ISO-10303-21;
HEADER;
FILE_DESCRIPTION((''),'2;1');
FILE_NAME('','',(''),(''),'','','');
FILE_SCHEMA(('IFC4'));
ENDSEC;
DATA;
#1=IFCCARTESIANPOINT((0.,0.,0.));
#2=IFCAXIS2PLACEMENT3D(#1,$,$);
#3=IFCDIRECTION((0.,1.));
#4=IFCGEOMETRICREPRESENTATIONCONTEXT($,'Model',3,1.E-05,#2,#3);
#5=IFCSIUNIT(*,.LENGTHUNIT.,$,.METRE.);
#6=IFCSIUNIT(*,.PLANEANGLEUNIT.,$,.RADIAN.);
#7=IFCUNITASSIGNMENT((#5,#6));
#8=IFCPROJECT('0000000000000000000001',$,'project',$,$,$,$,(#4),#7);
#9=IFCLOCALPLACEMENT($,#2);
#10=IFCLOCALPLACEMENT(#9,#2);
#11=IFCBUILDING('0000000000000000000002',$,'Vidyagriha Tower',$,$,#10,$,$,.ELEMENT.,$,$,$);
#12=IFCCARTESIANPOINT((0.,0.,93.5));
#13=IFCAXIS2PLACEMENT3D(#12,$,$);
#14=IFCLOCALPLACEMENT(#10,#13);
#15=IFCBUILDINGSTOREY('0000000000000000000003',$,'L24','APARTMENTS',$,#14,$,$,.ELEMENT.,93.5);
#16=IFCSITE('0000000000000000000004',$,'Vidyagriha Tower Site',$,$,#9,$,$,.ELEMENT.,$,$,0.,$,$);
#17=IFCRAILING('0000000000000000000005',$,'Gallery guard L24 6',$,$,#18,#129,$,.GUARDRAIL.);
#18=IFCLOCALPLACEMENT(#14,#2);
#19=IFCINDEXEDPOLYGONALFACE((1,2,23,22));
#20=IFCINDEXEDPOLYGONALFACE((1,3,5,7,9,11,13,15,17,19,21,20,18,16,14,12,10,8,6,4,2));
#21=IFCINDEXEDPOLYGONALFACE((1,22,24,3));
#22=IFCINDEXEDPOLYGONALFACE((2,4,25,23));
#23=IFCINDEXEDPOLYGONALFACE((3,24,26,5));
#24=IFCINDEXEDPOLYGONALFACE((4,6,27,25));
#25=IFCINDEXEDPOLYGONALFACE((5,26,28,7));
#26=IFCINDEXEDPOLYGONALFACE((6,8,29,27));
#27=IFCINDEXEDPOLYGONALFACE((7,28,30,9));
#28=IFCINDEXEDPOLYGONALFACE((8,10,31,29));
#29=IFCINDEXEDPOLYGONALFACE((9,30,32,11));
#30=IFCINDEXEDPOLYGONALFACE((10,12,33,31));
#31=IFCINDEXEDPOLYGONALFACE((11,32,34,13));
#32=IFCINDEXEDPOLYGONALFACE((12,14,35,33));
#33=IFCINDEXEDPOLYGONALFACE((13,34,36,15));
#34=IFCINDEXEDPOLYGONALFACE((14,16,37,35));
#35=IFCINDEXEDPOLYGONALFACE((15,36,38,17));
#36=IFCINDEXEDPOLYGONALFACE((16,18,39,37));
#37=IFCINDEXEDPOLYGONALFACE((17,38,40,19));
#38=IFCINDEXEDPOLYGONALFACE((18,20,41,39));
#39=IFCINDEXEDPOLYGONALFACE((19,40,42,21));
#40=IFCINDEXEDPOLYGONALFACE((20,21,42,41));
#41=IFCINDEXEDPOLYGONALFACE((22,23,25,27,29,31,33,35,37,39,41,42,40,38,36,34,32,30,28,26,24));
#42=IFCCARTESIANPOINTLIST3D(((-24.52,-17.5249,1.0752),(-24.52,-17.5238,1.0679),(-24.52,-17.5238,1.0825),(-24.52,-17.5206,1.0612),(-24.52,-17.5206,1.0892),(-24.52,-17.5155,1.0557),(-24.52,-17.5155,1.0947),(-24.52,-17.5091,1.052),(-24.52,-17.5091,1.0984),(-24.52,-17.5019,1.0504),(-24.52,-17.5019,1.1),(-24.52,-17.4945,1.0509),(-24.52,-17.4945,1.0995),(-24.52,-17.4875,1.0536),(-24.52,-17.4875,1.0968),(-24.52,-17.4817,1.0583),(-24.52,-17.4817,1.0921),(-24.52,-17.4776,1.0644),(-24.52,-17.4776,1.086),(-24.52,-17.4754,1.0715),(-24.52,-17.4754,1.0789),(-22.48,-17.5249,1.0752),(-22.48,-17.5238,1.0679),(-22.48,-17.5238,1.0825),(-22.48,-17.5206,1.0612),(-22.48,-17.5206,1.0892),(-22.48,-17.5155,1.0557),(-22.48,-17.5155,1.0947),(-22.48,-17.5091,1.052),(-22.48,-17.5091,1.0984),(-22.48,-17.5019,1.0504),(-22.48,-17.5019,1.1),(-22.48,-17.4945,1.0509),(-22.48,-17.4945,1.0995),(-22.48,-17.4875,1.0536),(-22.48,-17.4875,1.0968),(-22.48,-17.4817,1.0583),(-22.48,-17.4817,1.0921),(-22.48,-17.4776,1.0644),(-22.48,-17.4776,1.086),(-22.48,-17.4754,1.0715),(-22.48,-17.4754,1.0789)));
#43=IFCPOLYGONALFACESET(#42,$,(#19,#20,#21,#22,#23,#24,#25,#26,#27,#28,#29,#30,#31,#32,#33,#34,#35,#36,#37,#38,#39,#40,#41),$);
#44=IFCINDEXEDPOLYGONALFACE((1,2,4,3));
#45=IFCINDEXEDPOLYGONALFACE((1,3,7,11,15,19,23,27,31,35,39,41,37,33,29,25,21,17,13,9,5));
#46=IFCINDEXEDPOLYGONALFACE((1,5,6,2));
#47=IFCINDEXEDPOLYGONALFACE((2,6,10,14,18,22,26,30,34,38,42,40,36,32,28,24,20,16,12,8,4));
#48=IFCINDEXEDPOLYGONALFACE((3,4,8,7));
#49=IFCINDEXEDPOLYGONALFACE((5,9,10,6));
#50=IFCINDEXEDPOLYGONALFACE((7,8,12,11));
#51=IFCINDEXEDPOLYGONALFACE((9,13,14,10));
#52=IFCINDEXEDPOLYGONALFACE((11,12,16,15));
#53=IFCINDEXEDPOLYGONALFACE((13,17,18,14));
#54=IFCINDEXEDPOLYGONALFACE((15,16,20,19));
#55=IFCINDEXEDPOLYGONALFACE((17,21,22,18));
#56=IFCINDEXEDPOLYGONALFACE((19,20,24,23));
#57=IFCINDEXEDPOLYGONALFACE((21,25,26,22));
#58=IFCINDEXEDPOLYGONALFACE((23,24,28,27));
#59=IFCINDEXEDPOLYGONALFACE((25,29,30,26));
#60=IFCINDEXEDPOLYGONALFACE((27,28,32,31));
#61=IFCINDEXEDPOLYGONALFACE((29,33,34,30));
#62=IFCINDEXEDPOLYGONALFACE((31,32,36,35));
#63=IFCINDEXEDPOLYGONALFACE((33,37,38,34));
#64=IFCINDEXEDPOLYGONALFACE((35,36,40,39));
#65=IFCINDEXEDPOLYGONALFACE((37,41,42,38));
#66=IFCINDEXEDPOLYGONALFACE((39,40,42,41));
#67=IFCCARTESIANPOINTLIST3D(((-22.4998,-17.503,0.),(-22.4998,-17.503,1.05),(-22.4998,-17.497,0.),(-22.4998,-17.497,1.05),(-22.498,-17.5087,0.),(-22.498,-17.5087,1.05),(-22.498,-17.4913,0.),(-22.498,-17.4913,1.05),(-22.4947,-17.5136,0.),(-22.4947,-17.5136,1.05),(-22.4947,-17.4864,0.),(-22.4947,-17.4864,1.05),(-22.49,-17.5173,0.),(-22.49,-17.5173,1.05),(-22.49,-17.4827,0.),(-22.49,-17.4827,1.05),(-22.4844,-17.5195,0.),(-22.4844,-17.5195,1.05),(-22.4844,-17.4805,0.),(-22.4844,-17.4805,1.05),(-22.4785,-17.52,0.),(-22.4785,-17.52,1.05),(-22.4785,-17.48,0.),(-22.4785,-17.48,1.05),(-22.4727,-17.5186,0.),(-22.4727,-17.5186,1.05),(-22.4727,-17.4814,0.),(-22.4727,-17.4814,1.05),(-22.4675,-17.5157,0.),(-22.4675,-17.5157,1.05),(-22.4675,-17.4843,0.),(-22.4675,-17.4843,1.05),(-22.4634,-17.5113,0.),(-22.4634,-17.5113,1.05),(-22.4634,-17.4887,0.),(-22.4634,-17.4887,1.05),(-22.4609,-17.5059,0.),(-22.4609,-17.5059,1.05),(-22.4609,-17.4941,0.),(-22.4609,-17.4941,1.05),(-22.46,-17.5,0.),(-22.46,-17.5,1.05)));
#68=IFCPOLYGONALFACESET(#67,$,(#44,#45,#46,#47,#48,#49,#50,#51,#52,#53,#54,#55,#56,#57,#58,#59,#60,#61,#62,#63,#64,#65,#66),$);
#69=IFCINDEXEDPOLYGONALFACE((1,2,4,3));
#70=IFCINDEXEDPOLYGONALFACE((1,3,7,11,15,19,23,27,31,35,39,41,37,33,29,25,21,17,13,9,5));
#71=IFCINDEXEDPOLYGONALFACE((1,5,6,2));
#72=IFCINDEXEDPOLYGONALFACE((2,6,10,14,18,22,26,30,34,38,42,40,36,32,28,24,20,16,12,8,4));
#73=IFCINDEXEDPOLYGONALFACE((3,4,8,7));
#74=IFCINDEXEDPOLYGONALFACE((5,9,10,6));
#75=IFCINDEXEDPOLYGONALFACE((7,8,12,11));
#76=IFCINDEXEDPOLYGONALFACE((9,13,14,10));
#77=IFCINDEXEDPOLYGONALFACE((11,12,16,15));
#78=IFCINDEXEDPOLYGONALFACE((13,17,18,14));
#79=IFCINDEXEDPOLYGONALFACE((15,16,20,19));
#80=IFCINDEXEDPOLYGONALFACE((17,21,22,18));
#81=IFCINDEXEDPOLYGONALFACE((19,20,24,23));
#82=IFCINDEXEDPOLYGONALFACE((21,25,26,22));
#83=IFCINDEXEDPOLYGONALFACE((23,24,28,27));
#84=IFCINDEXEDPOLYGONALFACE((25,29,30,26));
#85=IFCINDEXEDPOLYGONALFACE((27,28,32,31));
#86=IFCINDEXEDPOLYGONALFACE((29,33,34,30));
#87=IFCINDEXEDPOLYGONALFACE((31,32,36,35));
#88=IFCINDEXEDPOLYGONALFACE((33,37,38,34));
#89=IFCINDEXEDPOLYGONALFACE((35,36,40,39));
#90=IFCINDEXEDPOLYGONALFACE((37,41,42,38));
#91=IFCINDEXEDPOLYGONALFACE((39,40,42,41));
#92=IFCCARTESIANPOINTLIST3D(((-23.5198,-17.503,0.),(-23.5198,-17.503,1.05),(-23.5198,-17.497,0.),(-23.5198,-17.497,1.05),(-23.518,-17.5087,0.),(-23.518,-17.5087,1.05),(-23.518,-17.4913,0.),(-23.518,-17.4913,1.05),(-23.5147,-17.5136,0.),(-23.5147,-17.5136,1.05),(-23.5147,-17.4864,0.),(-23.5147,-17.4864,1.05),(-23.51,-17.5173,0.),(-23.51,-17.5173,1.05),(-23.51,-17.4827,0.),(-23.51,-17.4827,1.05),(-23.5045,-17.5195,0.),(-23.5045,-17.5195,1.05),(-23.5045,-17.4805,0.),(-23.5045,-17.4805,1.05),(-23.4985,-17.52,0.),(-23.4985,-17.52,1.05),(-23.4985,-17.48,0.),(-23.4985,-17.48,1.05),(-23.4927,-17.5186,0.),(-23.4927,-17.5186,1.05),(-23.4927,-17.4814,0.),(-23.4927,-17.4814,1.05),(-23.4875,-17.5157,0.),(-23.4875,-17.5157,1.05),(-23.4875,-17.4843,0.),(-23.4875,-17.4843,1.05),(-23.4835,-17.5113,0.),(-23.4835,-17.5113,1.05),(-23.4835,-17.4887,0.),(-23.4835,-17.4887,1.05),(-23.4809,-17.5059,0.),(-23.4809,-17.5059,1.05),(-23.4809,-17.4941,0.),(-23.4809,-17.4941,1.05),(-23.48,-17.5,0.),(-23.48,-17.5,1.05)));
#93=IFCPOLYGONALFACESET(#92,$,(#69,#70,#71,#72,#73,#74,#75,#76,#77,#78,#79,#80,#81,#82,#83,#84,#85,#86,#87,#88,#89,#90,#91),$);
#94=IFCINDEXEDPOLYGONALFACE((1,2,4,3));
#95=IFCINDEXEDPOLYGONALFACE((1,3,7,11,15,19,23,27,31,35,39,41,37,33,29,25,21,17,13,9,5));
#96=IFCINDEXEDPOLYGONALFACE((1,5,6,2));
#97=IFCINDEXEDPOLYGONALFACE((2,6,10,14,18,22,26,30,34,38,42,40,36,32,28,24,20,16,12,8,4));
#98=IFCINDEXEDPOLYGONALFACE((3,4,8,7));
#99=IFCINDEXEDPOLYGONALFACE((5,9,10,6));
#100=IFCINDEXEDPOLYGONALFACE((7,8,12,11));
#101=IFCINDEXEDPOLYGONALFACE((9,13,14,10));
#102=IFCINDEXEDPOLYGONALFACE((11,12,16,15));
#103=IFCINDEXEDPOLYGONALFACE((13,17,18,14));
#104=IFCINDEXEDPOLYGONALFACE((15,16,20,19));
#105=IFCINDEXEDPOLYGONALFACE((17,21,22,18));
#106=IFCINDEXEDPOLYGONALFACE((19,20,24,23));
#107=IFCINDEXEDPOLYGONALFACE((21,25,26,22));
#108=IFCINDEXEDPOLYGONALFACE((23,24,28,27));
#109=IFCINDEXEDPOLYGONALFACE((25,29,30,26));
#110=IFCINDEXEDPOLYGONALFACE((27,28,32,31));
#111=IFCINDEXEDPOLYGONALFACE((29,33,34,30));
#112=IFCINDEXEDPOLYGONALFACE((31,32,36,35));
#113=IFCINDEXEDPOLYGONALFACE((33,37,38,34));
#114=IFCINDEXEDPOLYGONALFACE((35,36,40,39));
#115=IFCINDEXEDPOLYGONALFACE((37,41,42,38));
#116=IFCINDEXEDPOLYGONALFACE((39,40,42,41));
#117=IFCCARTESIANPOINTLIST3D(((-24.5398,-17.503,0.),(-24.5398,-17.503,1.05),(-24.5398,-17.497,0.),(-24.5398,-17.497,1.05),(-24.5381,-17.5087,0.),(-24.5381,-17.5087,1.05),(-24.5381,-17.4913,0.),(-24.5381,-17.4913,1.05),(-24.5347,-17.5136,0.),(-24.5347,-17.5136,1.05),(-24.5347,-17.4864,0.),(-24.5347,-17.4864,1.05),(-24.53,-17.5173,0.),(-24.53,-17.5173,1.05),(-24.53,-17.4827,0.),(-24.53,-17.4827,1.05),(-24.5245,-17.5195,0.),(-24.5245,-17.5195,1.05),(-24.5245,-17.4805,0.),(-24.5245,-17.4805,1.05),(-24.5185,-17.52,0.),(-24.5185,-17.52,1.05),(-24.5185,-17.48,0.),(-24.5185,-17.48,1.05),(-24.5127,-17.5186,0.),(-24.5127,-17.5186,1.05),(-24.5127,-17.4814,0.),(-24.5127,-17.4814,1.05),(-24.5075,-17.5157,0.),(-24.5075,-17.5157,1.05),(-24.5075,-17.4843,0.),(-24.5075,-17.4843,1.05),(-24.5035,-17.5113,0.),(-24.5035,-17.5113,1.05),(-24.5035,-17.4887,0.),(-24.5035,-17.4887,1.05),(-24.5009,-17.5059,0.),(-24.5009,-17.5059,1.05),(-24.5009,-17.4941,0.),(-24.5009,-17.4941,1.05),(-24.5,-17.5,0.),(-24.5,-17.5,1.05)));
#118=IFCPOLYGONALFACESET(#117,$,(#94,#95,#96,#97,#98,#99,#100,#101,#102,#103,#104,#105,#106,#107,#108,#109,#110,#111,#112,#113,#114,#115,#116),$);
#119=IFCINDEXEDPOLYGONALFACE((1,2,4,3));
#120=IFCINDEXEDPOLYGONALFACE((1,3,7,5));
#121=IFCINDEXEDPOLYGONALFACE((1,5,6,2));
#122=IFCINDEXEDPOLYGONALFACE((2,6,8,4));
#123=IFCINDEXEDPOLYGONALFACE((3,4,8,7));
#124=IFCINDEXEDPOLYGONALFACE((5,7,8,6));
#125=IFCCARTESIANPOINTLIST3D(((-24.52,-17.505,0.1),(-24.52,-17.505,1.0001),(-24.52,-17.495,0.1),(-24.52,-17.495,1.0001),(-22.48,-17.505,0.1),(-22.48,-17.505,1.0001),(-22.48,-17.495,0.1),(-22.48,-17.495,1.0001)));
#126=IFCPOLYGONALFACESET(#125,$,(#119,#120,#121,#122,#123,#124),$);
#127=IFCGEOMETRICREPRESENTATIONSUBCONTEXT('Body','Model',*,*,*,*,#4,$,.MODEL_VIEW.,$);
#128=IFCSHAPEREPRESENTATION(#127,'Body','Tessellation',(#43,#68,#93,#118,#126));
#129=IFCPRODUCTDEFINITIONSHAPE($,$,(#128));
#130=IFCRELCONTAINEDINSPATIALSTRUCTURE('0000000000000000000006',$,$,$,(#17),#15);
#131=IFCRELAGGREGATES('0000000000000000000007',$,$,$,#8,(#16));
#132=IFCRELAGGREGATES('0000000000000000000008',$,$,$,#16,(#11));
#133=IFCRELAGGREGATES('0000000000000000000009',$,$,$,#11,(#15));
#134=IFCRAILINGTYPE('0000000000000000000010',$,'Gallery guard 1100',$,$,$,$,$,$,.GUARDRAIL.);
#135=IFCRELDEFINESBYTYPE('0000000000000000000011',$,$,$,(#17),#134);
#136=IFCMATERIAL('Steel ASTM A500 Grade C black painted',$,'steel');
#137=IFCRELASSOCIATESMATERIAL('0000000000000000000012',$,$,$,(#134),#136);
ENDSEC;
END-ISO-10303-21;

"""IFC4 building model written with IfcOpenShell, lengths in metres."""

from ifc_helpers import new_model, si_unit, direction, frame, origin, origin_2d, place, context, subcontext, project, spatial, rectangle, circle, extrude, material, type_object, element, save


model = new_model("IFC4")

# Units and contexts
model_context = context("Model", 3, precision=1e-05, world=origin(), true_north=direction((0.0, 1.0)))
body_context = subcontext(model_context, "Body", "Model", "MODEL_VIEW")
ifc_project = project(units=[si_unit("LENGTHUNIT", "METRE"), si_unit("PLANEANGLEUNIT", "RADIAN")], contexts=[model_context])

# Site, building, storey
site_placement = place(None, origin())
site = spatial("IfcSite", under=ifc_project, at=site_placement, Name="Vidyagriha Tower Site", CompositionType="ELEMENT", RefElevation=0.0)
building_placement = place(site_placement, origin())
building = spatial("IfcBuilding", under=site, at=building_placement, Name="Vidyagriha Tower", CompositionType="ELEMENT")
storey_placement = place(building_placement, frame((0.0, 0.0, 93.5)))
storey = spatial("IfcBuildingStorey", under=building, at=storey_placement, Name="L24", Description="APARTMENTS", CompositionType="ELEMENT", Elevation=93.5)

# Railing
ifc_material_1 = material(Name="Steel ASTM A500 Grade C black painted", Category="steel")
railing_type_1 = type_object("IfcRailingType", Name="Gallery guard 1100", PredefinedType="GUARDRAIL", material=ifc_material_1)
railing_1_placement = place(storey_placement, frame((-22.48, -17.5, 0.0)))
element("IfcRailing", 1, at=railing_1_placement, inside=storey, type_object=railing_type_1, Name="Gallery guard L24 6", PredefinedType="GUARDRAIL", context=body_context, shape_type="SweptSolid", body=[
    extrude(circle(Radius=0.0249, at=origin_2d()), frame((0.0, 0.0, 1.0752), z_axis=(-1.0, 0.0, 0.0), x_axis=(0.0, -1.0, 0.0)), (0.0, 0.0, 1.0), 2.04),
    extrude(circle(Radius=0.02, at=origin_2d()), origin(), (0.0, 0.0, 1.0), 1.05),
    extrude(circle(Radius=0.02, at=origin_2d()), frame((-1.02, 0.0, 0.0)), (0.0, 0.0, 1.0), 1.05),
    extrude(circle(Radius=0.02, at=origin_2d()), frame((-2.04, 0.0, 0.0)), (0.0, 0.0, 1.0), 1.05),
    extrude(rectangle(XDim=0.01, YDim=0.9001, at=origin_2d()), frame((0.0, 0.0, 0.55), z_axis=(-1.0, 0.0, 0.0), x_axis=(0.0, -1.0, 0.0)), (0.0, 0.0, 1.0), 2.04),
])

save(model, "model.ifc")
